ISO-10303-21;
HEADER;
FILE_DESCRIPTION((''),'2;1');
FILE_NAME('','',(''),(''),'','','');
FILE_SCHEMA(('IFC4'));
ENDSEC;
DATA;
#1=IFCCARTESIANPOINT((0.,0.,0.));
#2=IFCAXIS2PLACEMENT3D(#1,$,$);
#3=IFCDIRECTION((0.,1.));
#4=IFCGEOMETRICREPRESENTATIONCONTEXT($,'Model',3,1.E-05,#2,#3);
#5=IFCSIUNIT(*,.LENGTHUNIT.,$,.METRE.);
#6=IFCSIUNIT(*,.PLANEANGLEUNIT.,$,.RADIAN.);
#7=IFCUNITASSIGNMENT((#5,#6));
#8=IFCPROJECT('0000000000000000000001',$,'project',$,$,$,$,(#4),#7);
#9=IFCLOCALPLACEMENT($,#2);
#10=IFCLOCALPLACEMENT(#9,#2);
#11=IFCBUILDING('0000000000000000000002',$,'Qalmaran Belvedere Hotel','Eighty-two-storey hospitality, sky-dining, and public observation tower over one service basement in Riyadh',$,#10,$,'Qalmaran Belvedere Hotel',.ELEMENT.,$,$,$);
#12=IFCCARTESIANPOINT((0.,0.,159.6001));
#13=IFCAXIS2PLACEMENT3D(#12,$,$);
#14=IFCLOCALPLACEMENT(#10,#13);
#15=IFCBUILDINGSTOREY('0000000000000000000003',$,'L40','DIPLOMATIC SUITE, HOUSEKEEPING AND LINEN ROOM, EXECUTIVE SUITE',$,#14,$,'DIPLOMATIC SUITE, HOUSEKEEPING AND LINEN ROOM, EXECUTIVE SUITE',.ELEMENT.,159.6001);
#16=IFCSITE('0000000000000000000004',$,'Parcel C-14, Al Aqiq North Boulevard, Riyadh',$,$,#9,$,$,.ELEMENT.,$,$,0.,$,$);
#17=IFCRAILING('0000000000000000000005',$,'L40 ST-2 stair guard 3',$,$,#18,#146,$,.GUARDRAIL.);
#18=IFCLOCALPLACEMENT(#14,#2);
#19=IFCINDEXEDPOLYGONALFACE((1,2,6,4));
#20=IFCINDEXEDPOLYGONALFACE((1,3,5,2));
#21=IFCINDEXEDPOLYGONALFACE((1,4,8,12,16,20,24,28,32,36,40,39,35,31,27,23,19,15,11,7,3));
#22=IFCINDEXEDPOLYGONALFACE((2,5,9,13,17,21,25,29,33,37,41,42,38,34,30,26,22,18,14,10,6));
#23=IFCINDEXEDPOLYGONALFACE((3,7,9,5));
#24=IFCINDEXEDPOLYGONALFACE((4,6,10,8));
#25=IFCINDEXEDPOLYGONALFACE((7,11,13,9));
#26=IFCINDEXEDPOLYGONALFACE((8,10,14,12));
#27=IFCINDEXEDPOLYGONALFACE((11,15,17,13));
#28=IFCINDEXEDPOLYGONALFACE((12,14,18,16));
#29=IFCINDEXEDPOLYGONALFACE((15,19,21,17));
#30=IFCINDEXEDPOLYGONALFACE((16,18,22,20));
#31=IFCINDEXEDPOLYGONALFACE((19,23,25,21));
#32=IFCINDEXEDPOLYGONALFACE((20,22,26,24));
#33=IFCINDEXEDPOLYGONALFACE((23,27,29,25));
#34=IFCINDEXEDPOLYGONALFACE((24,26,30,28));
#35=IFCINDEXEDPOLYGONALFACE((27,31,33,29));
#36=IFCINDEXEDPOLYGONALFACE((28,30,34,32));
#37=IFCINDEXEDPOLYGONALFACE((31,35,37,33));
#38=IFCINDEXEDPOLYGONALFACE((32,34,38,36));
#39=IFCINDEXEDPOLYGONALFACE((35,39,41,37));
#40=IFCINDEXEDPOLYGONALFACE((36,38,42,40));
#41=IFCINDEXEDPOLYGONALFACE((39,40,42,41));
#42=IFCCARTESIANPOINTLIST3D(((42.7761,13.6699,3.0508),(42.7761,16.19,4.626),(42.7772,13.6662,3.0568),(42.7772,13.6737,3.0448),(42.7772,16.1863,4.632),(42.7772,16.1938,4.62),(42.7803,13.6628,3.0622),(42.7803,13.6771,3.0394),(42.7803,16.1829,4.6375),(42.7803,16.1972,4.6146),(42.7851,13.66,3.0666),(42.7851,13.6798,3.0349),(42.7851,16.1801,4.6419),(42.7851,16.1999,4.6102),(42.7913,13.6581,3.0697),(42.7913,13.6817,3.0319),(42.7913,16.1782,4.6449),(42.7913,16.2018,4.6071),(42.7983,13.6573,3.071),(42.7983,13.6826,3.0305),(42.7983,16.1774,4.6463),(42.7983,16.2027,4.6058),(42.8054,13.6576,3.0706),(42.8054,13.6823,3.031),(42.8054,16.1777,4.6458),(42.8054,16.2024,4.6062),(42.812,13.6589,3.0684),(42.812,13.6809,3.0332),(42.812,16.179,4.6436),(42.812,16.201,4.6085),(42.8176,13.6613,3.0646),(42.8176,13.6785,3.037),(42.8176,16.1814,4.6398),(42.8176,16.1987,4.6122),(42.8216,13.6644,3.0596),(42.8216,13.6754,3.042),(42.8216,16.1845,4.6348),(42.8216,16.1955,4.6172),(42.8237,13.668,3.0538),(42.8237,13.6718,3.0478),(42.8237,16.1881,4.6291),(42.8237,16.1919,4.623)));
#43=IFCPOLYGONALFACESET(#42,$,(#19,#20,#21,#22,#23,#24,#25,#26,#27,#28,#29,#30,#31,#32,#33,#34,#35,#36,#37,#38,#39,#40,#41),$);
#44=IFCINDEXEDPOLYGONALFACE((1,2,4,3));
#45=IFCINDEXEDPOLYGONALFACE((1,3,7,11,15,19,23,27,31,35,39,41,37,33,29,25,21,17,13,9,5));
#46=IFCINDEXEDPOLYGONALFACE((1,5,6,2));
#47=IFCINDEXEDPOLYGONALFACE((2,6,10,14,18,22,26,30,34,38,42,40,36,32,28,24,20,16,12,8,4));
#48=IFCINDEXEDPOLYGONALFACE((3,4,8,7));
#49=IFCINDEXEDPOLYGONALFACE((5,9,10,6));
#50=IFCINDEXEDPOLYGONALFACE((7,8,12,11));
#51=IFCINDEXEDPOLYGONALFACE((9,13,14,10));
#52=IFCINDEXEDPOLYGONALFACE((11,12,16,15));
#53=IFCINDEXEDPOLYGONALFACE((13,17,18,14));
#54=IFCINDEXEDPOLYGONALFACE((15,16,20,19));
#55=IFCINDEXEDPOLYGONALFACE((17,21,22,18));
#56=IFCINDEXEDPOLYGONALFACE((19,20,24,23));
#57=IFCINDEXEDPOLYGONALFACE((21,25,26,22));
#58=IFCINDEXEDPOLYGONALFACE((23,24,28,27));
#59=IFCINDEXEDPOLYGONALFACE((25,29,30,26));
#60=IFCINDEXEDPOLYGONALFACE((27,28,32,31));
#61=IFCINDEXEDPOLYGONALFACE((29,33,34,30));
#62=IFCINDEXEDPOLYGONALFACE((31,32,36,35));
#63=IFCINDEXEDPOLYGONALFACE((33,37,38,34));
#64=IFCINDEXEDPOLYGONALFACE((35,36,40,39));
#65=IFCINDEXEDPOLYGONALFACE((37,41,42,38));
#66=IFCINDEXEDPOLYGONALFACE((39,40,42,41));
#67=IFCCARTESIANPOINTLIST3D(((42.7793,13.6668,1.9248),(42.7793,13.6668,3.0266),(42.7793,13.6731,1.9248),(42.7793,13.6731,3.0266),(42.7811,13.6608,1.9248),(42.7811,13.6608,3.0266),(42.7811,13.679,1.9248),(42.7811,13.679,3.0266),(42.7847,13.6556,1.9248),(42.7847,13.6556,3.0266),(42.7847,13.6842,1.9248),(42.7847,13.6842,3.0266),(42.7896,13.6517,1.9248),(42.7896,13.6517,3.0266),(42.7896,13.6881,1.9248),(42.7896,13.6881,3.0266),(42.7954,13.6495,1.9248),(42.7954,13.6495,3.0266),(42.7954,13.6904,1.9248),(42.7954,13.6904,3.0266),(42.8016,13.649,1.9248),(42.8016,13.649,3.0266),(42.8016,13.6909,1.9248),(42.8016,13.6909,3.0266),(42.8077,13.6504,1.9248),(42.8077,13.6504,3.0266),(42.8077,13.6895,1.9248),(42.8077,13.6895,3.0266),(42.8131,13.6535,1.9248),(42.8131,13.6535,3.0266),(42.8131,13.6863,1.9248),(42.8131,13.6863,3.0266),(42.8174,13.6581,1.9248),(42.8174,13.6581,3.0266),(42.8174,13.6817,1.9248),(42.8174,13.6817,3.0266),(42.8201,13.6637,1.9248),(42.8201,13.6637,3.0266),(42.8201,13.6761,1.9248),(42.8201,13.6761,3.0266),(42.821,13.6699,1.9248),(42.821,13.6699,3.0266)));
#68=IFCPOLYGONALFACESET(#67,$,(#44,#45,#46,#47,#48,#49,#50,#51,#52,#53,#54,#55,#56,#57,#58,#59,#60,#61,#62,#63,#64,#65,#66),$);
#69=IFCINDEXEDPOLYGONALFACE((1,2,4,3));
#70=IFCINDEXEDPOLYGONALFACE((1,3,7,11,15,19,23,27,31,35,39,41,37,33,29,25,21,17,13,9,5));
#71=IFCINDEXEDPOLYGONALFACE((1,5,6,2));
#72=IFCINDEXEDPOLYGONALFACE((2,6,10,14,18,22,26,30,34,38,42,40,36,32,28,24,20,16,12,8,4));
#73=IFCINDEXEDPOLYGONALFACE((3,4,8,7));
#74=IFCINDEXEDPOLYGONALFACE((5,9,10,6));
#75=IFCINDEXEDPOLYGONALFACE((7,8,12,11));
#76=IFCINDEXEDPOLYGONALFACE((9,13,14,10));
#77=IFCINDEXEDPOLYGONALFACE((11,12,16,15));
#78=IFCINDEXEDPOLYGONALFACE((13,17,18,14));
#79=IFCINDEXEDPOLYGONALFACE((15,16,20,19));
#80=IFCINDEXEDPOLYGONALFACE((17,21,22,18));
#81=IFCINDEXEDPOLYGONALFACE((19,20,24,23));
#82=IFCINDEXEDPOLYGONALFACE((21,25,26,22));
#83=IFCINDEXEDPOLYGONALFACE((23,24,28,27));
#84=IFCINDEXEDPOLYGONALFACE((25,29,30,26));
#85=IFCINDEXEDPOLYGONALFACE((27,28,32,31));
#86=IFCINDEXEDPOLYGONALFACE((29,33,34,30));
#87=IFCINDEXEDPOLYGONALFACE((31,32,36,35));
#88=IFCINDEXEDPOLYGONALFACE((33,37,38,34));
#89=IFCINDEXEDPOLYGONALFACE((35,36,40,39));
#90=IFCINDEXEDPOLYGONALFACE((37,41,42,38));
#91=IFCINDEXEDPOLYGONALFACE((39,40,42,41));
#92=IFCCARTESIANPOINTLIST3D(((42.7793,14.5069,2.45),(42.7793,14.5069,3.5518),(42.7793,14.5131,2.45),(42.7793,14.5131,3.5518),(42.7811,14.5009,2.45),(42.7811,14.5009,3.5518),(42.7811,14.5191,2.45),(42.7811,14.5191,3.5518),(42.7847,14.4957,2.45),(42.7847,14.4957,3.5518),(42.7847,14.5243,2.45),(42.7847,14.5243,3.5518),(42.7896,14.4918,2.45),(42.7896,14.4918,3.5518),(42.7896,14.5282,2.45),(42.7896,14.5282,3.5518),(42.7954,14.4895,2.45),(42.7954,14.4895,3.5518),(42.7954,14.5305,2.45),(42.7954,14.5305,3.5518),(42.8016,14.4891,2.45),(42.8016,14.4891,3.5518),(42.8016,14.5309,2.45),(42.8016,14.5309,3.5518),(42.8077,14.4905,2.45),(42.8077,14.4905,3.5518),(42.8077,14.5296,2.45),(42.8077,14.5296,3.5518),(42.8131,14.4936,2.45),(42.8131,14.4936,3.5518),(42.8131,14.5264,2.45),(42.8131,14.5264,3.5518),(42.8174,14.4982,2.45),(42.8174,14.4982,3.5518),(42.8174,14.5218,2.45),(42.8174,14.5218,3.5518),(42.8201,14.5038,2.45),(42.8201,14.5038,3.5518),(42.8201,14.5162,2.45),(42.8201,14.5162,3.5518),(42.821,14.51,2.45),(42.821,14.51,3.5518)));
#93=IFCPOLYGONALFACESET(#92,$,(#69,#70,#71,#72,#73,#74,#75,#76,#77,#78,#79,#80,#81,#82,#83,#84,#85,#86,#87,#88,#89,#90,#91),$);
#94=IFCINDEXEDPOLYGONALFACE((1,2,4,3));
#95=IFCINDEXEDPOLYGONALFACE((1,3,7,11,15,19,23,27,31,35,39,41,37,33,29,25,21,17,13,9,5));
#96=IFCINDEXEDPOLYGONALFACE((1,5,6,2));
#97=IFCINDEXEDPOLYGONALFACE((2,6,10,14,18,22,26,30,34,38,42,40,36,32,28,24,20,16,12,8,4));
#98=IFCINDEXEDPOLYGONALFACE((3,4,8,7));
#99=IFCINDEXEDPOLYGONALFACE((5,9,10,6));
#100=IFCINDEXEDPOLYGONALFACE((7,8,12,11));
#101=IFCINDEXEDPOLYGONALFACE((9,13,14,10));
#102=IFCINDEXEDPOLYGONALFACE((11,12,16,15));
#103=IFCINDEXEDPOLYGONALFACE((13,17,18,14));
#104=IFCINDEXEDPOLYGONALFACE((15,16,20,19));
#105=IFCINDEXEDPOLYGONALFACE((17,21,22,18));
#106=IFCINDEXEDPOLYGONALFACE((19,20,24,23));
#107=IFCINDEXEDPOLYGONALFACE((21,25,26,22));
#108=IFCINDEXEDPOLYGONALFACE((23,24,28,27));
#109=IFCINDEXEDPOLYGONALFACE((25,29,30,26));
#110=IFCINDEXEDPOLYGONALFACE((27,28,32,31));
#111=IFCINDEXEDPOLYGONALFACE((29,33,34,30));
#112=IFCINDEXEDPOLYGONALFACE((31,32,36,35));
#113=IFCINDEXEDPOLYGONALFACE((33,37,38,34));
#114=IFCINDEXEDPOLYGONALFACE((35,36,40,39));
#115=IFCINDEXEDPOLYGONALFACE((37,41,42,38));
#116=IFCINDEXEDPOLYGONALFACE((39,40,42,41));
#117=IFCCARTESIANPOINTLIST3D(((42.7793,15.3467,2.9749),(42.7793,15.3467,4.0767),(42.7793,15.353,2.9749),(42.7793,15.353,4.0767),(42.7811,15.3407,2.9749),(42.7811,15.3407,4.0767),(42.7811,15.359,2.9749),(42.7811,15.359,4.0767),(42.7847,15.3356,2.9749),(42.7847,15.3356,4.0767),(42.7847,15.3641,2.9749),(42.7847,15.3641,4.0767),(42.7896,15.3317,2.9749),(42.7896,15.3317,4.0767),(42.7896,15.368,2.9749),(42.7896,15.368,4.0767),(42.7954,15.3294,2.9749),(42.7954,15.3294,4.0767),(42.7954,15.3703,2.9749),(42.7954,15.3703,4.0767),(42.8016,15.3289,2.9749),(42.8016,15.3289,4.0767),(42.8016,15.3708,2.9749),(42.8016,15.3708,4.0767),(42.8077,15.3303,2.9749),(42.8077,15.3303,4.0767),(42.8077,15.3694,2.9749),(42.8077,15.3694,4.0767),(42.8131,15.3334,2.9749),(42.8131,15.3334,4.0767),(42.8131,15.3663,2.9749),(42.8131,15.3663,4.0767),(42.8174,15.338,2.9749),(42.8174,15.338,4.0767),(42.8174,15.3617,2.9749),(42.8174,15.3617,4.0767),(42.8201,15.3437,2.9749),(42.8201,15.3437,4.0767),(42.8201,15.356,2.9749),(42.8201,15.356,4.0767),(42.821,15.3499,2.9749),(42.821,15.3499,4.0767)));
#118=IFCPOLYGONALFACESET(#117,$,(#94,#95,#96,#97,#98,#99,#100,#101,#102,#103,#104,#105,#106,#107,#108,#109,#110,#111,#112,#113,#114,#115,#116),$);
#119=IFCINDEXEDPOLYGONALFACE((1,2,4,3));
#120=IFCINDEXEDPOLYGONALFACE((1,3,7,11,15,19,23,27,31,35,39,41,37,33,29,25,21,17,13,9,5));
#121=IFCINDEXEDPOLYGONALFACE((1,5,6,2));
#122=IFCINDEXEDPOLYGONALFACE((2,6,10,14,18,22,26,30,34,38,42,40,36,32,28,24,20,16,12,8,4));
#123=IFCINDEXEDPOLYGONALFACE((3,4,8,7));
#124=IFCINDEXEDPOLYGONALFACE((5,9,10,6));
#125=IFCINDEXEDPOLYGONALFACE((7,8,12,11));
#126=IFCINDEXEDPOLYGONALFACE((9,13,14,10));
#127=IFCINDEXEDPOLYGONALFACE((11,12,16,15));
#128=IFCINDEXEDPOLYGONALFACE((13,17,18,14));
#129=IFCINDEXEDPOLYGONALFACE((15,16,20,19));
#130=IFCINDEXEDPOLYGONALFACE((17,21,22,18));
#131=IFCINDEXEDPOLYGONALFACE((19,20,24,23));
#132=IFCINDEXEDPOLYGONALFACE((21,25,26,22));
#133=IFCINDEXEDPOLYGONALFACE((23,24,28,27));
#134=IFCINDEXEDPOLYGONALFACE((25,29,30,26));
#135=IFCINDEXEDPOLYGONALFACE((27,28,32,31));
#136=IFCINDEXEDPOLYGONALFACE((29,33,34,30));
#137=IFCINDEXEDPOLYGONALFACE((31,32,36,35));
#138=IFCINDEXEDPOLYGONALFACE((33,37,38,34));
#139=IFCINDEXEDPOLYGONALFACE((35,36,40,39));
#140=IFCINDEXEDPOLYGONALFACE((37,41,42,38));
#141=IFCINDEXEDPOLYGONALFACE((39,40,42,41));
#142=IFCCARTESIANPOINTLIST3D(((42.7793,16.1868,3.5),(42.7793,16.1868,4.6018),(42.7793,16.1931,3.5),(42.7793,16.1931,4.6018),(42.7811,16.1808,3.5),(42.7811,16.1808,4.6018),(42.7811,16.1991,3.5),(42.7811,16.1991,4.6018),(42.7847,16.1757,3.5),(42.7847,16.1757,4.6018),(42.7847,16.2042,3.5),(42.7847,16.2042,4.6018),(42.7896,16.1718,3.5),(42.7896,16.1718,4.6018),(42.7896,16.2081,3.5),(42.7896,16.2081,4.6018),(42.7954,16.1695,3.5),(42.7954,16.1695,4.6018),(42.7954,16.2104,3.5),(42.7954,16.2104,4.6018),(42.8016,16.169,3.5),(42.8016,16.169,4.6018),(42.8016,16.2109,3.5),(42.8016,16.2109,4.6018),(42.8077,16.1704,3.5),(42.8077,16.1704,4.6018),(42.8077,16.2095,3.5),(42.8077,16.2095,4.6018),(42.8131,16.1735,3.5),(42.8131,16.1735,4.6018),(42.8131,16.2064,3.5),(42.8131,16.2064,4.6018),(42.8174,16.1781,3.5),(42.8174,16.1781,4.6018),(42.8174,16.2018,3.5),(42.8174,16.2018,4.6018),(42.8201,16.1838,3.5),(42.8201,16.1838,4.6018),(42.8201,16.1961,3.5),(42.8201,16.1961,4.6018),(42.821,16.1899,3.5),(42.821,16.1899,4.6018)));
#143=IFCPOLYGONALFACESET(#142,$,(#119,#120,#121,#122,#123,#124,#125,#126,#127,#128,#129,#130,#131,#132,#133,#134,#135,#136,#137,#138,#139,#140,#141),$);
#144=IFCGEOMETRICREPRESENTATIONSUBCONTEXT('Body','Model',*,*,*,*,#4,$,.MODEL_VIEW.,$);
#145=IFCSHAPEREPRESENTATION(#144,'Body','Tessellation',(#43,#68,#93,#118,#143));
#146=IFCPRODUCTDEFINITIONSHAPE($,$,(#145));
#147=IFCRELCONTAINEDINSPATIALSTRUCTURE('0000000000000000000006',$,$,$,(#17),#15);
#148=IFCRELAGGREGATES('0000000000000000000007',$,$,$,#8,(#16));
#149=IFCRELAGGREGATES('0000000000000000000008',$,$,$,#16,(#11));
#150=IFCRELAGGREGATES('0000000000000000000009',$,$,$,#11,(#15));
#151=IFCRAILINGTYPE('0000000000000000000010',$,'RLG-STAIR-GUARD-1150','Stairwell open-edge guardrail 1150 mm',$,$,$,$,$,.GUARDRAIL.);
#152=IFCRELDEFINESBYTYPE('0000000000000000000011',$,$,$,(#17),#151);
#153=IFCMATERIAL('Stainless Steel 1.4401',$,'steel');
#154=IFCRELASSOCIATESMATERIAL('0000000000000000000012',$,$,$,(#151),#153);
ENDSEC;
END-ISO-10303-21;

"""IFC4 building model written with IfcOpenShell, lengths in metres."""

from ifc_helpers import new_model, si_unit, direction, frame, origin, origin_2d, place, context, subcontext, project, spatial, circle, extrude, material, type_object, element, save


model = new_model("IFC4")

# Units and contexts
model_context = context("Model", 3, precision=1e-05, world=origin(), true_north=direction((0.0, 1.0)))
body_context = subcontext(model_context, "Body", "Model", "MODEL_VIEW")
ifc_project = project(units=[si_unit("LENGTHUNIT", "METRE"), si_unit("PLANEANGLEUNIT", "RADIAN")], contexts=[model_context])

# Site, building, storey
site_placement = place(None, origin())
site = spatial("IfcSite", under=ifc_project, at=site_placement, Name="Parcel C-14, Al Aqiq North Boulevard, Riyadh", CompositionType="ELEMENT", RefElevation=0.0)
building_placement = place(site_placement, origin())
building = spatial("IfcBuilding", under=site, at=building_placement, Name="Qalmaran Belvedere Hotel", Description="Eighty-two-storey hospitality, sky-dining, and public observation tower over one service basement in Riyadh", LongName="Qalmaran Belvedere Hotel", CompositionType="ELEMENT")
storey_placement = place(building_placement, frame((0.0, 0.0, 159.6001)))
storey = spatial("IfcBuildingStorey", under=building, at=storey_placement, Name="L40", Description="DIPLOMATIC SUITE, HOUSEKEEPING AND LINEN ROOM, EXECUTIVE SUITE", LongName="DIPLOMATIC SUITE, HOUSEKEEPING AND LINEN ROOM, EXECUTIVE SUITE", CompositionType="ELEMENT", Elevation=159.6001)

# Railing
ifc_material_1 = material(Name="Stainless Steel 1.4401", Category="steel")
railing_type_1 = type_object("IfcRailingType", Name="RLG-STAIR-GUARD-1150", Description="Stairwell open-edge guardrail 1150 mm", PredefinedType="GUARDRAIL", material=ifc_material_1)
railing_1_placement = place(storey_placement, frame((42.8, 13.6699, 1.9248)))
element("IfcRailing", 1, at=railing_1_placement, inside=storey, type_object=railing_type_1, Name="L40 ST-2 stair guard 3", PredefinedType="GUARDRAIL", context=body_context, shape_type="SweptSolid", body=[
    extrude(circle(Radius=0.0239, at=origin_2d()), frame((0.0, 0.0, 1.126), z_axis=(0.0, 0.847971, 0.530043), x_axis=(-1.0, 0.0, 0.0)), (0.0, 0.0, 1.0), 2.9719),
    extrude(circle(Radius=0.021, at=origin_2d()), origin(), (0.0, 0.0, 1.0), 1.1018),
    extrude(circle(Radius=0.021, at=origin_2d()), frame((0.0, 0.8401, 0.5251)), (0.0, 0.0, 1.0), 1.1018),
    extrude(circle(Radius=0.021, at=origin_2d()), frame((0.0, 1.6799, 1.05)), (0.0, 0.0, 1.0), 1.1018),
    extrude(circle(Radius=0.021, at=origin_2d()), frame((0.0, 2.52, 1.5752)), (0.0, 0.0, 1.0), 1.1018),
])

save(model, "model.ifc")
